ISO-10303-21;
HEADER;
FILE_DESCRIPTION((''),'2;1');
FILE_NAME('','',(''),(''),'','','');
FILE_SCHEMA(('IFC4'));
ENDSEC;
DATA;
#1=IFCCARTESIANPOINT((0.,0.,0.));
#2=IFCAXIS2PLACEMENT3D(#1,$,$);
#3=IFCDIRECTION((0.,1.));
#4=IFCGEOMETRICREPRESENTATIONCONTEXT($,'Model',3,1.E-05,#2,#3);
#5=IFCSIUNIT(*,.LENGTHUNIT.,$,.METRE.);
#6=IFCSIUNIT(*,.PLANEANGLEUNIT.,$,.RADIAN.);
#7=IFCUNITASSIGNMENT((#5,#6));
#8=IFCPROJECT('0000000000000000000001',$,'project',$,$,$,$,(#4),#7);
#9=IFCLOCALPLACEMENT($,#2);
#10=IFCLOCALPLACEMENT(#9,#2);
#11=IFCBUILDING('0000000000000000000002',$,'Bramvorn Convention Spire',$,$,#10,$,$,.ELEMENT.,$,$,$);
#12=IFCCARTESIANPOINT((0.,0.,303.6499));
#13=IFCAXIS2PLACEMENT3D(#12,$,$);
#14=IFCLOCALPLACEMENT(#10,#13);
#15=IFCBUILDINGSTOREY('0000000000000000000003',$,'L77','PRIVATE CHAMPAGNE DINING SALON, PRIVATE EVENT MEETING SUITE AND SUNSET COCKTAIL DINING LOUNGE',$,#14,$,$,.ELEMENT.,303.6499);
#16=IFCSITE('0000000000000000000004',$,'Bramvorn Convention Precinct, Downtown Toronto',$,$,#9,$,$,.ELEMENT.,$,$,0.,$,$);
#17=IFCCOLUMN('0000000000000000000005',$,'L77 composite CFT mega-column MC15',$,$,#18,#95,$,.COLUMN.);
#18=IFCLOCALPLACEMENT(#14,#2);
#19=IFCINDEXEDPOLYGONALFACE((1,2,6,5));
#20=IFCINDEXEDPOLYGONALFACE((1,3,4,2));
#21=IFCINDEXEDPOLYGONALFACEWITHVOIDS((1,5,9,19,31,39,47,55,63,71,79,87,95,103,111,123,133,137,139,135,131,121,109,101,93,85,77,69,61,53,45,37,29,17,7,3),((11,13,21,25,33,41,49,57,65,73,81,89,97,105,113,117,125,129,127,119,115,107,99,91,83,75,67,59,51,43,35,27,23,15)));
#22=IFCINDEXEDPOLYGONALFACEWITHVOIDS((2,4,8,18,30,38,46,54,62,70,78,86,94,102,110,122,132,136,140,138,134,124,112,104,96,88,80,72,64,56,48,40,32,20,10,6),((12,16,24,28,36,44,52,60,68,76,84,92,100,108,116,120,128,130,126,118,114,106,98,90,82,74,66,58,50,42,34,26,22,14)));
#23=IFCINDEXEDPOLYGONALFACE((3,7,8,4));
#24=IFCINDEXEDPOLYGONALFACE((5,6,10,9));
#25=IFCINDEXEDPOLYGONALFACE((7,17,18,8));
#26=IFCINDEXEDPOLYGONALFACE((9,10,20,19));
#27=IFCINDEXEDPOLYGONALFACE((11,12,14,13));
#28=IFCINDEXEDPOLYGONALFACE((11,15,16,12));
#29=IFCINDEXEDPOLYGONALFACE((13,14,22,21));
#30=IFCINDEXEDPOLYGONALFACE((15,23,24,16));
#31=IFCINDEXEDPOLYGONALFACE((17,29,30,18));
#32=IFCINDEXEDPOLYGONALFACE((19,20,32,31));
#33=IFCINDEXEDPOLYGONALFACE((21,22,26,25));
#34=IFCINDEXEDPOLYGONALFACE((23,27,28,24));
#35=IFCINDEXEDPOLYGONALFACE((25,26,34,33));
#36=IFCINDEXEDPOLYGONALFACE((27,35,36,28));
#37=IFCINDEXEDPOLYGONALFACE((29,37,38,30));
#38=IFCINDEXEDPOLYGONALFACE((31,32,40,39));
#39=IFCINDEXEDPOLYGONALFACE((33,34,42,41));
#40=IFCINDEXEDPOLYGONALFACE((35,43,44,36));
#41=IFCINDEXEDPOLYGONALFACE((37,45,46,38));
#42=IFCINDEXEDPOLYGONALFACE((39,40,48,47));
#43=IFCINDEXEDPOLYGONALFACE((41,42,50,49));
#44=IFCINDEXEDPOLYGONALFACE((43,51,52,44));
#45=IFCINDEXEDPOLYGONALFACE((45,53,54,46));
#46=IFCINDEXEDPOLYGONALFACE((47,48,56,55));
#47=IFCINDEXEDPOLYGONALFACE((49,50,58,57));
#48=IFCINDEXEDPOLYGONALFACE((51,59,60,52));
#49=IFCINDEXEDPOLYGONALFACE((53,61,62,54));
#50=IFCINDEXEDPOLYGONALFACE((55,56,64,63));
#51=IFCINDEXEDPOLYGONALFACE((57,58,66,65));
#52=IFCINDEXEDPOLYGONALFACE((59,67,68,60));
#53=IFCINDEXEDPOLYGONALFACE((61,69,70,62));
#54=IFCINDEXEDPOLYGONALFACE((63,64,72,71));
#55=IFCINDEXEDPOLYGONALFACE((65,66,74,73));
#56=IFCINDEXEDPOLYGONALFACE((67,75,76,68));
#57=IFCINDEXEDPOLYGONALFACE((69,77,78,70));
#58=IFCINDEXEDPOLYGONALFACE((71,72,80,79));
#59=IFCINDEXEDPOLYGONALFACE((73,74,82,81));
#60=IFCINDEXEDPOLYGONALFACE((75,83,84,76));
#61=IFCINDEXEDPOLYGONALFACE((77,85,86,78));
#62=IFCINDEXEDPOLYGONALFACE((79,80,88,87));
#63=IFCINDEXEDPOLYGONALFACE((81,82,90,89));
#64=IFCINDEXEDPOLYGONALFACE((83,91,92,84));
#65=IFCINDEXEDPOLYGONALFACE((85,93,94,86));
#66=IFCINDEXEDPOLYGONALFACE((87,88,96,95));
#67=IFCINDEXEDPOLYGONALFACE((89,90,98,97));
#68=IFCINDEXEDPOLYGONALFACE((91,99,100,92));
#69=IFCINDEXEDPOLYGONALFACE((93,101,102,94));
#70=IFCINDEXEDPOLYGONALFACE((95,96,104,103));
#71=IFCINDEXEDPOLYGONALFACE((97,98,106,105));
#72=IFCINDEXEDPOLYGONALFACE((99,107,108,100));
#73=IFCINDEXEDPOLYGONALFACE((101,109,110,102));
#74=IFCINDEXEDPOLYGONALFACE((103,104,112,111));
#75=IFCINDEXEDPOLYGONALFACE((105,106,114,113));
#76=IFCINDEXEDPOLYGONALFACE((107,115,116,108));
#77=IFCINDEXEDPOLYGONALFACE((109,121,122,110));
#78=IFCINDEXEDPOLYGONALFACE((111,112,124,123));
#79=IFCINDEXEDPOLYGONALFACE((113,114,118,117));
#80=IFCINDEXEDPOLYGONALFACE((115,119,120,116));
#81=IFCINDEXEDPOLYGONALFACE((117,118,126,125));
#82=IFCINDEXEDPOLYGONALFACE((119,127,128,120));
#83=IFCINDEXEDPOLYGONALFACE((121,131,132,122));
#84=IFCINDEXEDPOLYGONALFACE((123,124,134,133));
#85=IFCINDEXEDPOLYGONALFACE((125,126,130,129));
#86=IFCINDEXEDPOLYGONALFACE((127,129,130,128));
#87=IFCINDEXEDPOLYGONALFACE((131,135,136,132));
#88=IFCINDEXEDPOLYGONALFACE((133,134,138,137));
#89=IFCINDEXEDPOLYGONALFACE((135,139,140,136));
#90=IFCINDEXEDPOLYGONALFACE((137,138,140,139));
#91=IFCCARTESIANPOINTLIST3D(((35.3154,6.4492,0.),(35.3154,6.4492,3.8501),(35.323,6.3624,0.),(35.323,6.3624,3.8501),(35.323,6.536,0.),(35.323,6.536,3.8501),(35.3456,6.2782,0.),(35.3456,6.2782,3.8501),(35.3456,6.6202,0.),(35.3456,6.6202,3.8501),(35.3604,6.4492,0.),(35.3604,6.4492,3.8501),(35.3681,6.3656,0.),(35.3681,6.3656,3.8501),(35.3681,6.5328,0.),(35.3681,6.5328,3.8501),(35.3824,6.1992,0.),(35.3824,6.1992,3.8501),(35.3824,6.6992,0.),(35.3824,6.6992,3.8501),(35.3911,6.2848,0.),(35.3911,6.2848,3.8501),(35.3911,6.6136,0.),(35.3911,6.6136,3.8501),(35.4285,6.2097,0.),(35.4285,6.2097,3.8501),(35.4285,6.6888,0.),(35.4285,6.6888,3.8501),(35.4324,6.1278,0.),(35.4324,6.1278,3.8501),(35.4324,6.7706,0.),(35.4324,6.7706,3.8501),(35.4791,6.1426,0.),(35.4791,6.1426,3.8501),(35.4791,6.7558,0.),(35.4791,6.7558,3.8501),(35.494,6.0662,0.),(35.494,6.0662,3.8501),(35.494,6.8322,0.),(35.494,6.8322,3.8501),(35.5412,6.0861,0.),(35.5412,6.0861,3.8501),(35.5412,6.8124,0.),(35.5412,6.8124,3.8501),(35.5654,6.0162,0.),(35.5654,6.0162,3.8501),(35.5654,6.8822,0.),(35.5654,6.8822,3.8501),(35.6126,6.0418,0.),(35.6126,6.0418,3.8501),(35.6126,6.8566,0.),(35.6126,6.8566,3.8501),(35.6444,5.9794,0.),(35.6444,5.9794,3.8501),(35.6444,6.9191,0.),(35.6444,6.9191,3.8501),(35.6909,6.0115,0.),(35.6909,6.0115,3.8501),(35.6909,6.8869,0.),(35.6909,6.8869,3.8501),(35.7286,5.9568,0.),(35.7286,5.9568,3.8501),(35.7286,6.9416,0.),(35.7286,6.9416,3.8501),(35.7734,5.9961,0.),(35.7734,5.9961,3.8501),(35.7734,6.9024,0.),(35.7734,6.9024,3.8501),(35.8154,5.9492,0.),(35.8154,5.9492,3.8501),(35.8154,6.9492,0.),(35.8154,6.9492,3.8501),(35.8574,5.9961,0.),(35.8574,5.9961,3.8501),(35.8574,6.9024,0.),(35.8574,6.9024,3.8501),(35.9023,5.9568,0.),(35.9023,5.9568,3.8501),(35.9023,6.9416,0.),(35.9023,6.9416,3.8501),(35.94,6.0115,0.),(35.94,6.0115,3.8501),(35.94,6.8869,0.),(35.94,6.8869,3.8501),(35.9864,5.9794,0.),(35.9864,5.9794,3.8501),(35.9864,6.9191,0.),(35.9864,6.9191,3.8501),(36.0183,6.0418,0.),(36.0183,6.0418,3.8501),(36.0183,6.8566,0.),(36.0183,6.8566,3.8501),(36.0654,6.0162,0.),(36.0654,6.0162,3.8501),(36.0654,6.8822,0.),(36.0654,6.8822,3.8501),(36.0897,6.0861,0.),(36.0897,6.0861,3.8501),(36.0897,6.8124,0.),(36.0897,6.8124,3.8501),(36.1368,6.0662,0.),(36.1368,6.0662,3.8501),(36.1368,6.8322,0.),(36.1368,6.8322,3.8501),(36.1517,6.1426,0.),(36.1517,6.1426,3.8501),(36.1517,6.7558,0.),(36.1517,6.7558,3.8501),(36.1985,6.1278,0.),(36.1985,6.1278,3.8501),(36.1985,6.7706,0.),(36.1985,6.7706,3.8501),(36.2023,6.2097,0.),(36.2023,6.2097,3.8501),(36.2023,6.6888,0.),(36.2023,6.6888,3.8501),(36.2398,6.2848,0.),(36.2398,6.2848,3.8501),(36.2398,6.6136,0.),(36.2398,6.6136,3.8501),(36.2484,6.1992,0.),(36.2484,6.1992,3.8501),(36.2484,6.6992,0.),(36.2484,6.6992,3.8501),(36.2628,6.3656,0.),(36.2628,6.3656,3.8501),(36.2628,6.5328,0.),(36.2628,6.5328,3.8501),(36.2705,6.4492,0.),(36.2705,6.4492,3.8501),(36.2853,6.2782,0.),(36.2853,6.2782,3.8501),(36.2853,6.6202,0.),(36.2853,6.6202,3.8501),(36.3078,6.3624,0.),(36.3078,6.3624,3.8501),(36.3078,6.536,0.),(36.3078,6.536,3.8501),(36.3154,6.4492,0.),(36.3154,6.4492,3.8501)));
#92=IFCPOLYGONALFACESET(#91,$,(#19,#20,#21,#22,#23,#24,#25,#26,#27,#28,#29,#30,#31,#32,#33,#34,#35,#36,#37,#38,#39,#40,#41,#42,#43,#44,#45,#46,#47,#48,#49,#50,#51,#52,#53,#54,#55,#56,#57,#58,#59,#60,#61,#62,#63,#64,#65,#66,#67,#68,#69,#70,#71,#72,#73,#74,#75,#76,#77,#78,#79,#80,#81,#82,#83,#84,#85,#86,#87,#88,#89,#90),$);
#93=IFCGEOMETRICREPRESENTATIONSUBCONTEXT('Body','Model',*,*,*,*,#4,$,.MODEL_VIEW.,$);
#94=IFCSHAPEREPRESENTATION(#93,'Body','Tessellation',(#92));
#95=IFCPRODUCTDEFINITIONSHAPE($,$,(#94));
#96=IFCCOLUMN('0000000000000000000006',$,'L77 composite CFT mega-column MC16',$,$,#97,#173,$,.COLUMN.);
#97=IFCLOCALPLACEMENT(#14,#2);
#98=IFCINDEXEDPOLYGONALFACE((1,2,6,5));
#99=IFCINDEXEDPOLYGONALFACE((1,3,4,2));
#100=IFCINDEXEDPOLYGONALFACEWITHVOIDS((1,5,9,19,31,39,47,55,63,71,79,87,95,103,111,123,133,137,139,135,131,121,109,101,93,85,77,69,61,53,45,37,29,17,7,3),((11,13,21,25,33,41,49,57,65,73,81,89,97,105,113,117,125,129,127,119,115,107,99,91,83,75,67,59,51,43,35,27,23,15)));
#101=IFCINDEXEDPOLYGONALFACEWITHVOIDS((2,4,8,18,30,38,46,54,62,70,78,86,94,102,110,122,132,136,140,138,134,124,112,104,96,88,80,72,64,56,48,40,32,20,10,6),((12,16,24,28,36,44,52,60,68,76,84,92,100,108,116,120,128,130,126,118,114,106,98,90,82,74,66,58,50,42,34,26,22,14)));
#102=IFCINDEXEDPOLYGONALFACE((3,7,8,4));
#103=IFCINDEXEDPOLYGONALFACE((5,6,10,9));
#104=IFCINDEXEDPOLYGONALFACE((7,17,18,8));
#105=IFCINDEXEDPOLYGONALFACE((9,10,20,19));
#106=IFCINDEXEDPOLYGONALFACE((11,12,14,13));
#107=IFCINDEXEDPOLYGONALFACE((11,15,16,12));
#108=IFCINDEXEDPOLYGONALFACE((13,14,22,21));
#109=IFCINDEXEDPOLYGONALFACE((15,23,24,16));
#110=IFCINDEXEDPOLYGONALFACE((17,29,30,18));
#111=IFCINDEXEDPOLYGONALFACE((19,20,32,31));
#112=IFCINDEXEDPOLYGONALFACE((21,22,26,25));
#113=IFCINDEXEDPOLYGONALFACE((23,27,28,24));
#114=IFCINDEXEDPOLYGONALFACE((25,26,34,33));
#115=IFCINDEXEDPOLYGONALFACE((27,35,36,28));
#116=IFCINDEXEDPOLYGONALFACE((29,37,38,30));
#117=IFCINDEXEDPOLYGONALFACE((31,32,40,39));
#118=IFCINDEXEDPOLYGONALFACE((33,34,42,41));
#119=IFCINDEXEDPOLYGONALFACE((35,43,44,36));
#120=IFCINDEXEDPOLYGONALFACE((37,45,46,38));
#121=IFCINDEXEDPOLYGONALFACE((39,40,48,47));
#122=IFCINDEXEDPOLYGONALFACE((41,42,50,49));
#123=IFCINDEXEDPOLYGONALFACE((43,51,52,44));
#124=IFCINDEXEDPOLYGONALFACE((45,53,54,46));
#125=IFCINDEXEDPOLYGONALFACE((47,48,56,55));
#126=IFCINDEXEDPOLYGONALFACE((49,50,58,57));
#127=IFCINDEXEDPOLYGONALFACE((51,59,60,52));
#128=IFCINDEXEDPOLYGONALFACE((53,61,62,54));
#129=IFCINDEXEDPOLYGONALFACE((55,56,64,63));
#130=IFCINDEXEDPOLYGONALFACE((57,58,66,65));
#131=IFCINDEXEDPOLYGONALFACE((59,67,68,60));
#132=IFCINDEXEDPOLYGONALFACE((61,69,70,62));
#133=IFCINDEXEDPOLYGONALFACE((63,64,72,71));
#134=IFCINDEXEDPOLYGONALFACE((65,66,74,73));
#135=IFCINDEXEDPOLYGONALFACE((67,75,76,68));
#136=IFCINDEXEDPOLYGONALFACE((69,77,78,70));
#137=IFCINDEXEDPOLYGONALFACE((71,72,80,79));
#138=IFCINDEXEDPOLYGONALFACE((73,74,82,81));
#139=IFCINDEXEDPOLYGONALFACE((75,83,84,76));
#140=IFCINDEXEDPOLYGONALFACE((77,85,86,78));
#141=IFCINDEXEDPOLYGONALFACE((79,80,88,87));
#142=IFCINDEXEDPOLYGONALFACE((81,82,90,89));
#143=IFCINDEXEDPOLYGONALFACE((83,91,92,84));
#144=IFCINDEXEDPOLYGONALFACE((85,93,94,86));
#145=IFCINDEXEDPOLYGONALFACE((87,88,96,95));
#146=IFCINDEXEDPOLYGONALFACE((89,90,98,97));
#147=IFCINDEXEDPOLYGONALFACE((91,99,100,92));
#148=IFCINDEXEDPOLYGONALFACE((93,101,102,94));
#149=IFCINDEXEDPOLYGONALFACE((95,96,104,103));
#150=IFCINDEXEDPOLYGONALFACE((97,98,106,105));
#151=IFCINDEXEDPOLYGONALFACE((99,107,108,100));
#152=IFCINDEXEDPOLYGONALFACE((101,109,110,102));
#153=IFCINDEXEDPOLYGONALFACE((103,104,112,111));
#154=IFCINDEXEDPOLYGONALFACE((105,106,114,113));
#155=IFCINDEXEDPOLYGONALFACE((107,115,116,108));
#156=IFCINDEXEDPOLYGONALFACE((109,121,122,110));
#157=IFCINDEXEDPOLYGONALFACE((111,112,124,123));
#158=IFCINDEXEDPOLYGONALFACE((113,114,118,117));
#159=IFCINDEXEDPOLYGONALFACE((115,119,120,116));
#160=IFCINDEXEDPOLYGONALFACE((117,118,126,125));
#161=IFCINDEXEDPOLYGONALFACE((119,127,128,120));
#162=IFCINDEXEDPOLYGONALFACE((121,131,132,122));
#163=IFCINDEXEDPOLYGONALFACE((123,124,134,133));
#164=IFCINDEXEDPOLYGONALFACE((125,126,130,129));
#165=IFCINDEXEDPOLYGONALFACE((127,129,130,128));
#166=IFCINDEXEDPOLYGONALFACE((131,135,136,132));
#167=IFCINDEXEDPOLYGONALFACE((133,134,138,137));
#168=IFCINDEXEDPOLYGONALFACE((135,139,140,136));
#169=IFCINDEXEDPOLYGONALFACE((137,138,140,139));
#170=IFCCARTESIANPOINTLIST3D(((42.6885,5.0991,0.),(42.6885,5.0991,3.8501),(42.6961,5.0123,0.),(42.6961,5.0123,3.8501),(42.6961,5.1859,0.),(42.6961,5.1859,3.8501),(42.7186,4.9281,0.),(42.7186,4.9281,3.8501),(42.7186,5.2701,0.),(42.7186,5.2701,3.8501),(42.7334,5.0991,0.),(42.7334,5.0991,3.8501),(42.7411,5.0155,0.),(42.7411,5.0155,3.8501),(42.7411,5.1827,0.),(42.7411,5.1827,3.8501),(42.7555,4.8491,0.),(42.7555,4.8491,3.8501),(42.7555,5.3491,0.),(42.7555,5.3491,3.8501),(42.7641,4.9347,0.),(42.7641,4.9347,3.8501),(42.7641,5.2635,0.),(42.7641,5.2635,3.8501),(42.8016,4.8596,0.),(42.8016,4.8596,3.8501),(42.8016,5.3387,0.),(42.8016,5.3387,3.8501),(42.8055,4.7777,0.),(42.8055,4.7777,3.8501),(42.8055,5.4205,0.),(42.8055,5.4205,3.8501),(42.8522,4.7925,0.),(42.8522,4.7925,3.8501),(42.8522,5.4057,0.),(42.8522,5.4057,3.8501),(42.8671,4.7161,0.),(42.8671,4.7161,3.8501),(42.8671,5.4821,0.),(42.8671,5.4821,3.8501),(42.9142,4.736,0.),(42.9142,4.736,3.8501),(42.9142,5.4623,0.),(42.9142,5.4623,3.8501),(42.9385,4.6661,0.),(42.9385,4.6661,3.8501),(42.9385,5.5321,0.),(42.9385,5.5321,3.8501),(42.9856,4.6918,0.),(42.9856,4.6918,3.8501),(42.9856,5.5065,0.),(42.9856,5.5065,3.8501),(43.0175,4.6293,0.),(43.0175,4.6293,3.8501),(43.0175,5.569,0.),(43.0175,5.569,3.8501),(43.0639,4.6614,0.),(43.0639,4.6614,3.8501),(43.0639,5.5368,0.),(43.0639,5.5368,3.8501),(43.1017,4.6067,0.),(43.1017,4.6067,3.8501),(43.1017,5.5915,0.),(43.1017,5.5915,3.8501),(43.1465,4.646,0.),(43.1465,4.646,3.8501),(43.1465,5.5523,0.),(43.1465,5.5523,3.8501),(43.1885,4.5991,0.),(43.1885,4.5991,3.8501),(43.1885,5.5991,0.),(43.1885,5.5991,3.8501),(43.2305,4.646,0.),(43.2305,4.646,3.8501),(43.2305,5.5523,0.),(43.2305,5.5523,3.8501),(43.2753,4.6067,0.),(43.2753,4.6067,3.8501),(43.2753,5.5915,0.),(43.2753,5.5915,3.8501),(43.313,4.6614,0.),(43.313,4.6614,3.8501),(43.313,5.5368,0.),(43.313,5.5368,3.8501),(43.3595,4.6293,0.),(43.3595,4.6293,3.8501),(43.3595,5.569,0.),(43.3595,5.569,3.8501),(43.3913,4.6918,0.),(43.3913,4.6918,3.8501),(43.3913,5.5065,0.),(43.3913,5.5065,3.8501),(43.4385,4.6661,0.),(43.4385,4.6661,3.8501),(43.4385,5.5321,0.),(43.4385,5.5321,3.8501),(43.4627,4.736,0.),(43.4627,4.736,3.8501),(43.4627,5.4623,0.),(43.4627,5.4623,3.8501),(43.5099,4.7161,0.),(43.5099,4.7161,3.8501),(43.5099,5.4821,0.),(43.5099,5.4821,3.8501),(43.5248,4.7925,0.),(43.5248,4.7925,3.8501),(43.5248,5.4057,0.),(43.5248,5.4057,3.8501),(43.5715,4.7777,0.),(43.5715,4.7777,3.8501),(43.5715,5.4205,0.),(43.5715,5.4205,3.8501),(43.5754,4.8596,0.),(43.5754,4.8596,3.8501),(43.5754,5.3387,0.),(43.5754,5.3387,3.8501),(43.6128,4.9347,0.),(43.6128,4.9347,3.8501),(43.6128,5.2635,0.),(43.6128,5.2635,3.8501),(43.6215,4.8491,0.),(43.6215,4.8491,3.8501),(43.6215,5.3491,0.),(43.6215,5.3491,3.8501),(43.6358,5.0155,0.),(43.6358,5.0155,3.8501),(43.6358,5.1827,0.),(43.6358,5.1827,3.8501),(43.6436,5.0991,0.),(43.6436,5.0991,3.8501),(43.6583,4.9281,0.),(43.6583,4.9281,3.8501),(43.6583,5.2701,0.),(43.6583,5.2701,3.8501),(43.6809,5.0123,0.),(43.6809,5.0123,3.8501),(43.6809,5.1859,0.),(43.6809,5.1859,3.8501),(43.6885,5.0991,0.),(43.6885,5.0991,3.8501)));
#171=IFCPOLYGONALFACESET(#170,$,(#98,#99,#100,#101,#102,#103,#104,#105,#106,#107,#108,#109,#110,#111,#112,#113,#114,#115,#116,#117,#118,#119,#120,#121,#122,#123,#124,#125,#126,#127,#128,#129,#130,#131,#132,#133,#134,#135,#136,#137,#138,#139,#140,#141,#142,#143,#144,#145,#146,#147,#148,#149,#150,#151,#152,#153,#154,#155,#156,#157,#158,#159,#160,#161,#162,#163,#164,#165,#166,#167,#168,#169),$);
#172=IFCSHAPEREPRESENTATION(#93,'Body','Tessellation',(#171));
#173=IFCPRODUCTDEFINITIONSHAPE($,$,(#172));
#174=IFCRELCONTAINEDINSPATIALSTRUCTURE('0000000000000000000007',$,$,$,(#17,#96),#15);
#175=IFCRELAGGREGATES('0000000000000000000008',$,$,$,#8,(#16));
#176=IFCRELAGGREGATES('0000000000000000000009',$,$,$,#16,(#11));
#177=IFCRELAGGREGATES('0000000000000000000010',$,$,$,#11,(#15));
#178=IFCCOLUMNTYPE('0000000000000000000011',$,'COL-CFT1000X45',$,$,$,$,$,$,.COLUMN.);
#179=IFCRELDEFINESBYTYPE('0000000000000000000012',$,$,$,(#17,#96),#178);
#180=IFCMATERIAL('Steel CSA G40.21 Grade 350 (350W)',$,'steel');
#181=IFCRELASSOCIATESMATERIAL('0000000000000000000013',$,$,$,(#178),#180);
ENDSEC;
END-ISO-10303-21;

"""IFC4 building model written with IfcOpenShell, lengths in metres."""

from ifc_helpers import new_model, si_unit, direction, frame, origin, origin_2d, place, context, subcontext, project, spatial, hollow_circle, extrude, material, material_profile, profile_set, type_object, element, save


model = new_model("IFC4")

# Units and contexts
model_context = context("Model", 3, precision=1e-05, world=origin(), true_north=direction((0.0, 1.0)))
body_context = subcontext(model_context, "Body", "Model", "MODEL_VIEW")
ifc_project = project(units=[si_unit("LENGTHUNIT", "METRE"), si_unit("PLANEANGLEUNIT", "RADIAN")], contexts=[model_context])

# Site, building, storey
site_placement = place(None, origin())
site = spatial("IfcSite", under=ifc_project, at=site_placement, Name="Bramvorn Convention Precinct, Downtown Toronto", CompositionType="ELEMENT", RefElevation=0.0)
building_placement = place(site_placement, origin())
building = spatial("IfcBuilding", under=site, at=building_placement, Name="Bramvorn Convention Spire", CompositionType="ELEMENT")
storey_placement = place(building_placement, frame((0.0, 0.0, 303.6499)))
storey = spatial("IfcBuildingStorey", under=building, at=storey_placement, Name="L77", Description="PRIVATE CHAMPAGNE DINING SALON, PRIVATE EVENT MEETING SUITE AND SUNSET COCKTAIL DINING LOUNGE", CompositionType="ELEMENT", Elevation=303.6499)

# Columns
ifc_material_1 = material(Name="Steel CSA G40.21 Grade 350 (350W)", Category="steel")
ifc_material_profile_1 = material_profile(ifc_material_1, hollow_circle(Radius=0.5, WallThickness=0.0449, at=origin_2d()))
ifc_profile_set_1 = profile_set([ifc_material_profile_1], Name="Steel CSA G40.21 Grade 350 (350W) - CFT1000X45")
column_type = type_object("IfcColumnType", Name="COL-CFT1000X45", PredefinedType="COLUMN", material=ifc_profile_set_1)
for number, where, z_axis, x_axis, name in (
    (1, (35.8154, 6.4492, 0.0), (0.0, 0.0, 1.0), (1.0, 0.0, 0.0), "L77 composite CFT mega-column MC15"),
    (2, (43.1885, 5.0991, 0.0), (0.0, 0.0, 1.0), (1.0, 0.0, 0.0), "L77 composite CFT mega-column MC16"),
):
    element("IfcColumn", number, at=place(storey_placement, frame(where, z_axis=z_axis, x_axis=x_axis)), inside=storey, type_object=column_type, Name=name, PredefinedType="COLUMN", context=body_context, shape_type="SweptSolid", body=[
        extrude(hollow_circle(Radius=0.5, WallThickness=0.0449, at=origin_2d()), origin(), (0.0, 0.0, 1.0), 3.8501),
    ])

save(model, "model.ifc")
